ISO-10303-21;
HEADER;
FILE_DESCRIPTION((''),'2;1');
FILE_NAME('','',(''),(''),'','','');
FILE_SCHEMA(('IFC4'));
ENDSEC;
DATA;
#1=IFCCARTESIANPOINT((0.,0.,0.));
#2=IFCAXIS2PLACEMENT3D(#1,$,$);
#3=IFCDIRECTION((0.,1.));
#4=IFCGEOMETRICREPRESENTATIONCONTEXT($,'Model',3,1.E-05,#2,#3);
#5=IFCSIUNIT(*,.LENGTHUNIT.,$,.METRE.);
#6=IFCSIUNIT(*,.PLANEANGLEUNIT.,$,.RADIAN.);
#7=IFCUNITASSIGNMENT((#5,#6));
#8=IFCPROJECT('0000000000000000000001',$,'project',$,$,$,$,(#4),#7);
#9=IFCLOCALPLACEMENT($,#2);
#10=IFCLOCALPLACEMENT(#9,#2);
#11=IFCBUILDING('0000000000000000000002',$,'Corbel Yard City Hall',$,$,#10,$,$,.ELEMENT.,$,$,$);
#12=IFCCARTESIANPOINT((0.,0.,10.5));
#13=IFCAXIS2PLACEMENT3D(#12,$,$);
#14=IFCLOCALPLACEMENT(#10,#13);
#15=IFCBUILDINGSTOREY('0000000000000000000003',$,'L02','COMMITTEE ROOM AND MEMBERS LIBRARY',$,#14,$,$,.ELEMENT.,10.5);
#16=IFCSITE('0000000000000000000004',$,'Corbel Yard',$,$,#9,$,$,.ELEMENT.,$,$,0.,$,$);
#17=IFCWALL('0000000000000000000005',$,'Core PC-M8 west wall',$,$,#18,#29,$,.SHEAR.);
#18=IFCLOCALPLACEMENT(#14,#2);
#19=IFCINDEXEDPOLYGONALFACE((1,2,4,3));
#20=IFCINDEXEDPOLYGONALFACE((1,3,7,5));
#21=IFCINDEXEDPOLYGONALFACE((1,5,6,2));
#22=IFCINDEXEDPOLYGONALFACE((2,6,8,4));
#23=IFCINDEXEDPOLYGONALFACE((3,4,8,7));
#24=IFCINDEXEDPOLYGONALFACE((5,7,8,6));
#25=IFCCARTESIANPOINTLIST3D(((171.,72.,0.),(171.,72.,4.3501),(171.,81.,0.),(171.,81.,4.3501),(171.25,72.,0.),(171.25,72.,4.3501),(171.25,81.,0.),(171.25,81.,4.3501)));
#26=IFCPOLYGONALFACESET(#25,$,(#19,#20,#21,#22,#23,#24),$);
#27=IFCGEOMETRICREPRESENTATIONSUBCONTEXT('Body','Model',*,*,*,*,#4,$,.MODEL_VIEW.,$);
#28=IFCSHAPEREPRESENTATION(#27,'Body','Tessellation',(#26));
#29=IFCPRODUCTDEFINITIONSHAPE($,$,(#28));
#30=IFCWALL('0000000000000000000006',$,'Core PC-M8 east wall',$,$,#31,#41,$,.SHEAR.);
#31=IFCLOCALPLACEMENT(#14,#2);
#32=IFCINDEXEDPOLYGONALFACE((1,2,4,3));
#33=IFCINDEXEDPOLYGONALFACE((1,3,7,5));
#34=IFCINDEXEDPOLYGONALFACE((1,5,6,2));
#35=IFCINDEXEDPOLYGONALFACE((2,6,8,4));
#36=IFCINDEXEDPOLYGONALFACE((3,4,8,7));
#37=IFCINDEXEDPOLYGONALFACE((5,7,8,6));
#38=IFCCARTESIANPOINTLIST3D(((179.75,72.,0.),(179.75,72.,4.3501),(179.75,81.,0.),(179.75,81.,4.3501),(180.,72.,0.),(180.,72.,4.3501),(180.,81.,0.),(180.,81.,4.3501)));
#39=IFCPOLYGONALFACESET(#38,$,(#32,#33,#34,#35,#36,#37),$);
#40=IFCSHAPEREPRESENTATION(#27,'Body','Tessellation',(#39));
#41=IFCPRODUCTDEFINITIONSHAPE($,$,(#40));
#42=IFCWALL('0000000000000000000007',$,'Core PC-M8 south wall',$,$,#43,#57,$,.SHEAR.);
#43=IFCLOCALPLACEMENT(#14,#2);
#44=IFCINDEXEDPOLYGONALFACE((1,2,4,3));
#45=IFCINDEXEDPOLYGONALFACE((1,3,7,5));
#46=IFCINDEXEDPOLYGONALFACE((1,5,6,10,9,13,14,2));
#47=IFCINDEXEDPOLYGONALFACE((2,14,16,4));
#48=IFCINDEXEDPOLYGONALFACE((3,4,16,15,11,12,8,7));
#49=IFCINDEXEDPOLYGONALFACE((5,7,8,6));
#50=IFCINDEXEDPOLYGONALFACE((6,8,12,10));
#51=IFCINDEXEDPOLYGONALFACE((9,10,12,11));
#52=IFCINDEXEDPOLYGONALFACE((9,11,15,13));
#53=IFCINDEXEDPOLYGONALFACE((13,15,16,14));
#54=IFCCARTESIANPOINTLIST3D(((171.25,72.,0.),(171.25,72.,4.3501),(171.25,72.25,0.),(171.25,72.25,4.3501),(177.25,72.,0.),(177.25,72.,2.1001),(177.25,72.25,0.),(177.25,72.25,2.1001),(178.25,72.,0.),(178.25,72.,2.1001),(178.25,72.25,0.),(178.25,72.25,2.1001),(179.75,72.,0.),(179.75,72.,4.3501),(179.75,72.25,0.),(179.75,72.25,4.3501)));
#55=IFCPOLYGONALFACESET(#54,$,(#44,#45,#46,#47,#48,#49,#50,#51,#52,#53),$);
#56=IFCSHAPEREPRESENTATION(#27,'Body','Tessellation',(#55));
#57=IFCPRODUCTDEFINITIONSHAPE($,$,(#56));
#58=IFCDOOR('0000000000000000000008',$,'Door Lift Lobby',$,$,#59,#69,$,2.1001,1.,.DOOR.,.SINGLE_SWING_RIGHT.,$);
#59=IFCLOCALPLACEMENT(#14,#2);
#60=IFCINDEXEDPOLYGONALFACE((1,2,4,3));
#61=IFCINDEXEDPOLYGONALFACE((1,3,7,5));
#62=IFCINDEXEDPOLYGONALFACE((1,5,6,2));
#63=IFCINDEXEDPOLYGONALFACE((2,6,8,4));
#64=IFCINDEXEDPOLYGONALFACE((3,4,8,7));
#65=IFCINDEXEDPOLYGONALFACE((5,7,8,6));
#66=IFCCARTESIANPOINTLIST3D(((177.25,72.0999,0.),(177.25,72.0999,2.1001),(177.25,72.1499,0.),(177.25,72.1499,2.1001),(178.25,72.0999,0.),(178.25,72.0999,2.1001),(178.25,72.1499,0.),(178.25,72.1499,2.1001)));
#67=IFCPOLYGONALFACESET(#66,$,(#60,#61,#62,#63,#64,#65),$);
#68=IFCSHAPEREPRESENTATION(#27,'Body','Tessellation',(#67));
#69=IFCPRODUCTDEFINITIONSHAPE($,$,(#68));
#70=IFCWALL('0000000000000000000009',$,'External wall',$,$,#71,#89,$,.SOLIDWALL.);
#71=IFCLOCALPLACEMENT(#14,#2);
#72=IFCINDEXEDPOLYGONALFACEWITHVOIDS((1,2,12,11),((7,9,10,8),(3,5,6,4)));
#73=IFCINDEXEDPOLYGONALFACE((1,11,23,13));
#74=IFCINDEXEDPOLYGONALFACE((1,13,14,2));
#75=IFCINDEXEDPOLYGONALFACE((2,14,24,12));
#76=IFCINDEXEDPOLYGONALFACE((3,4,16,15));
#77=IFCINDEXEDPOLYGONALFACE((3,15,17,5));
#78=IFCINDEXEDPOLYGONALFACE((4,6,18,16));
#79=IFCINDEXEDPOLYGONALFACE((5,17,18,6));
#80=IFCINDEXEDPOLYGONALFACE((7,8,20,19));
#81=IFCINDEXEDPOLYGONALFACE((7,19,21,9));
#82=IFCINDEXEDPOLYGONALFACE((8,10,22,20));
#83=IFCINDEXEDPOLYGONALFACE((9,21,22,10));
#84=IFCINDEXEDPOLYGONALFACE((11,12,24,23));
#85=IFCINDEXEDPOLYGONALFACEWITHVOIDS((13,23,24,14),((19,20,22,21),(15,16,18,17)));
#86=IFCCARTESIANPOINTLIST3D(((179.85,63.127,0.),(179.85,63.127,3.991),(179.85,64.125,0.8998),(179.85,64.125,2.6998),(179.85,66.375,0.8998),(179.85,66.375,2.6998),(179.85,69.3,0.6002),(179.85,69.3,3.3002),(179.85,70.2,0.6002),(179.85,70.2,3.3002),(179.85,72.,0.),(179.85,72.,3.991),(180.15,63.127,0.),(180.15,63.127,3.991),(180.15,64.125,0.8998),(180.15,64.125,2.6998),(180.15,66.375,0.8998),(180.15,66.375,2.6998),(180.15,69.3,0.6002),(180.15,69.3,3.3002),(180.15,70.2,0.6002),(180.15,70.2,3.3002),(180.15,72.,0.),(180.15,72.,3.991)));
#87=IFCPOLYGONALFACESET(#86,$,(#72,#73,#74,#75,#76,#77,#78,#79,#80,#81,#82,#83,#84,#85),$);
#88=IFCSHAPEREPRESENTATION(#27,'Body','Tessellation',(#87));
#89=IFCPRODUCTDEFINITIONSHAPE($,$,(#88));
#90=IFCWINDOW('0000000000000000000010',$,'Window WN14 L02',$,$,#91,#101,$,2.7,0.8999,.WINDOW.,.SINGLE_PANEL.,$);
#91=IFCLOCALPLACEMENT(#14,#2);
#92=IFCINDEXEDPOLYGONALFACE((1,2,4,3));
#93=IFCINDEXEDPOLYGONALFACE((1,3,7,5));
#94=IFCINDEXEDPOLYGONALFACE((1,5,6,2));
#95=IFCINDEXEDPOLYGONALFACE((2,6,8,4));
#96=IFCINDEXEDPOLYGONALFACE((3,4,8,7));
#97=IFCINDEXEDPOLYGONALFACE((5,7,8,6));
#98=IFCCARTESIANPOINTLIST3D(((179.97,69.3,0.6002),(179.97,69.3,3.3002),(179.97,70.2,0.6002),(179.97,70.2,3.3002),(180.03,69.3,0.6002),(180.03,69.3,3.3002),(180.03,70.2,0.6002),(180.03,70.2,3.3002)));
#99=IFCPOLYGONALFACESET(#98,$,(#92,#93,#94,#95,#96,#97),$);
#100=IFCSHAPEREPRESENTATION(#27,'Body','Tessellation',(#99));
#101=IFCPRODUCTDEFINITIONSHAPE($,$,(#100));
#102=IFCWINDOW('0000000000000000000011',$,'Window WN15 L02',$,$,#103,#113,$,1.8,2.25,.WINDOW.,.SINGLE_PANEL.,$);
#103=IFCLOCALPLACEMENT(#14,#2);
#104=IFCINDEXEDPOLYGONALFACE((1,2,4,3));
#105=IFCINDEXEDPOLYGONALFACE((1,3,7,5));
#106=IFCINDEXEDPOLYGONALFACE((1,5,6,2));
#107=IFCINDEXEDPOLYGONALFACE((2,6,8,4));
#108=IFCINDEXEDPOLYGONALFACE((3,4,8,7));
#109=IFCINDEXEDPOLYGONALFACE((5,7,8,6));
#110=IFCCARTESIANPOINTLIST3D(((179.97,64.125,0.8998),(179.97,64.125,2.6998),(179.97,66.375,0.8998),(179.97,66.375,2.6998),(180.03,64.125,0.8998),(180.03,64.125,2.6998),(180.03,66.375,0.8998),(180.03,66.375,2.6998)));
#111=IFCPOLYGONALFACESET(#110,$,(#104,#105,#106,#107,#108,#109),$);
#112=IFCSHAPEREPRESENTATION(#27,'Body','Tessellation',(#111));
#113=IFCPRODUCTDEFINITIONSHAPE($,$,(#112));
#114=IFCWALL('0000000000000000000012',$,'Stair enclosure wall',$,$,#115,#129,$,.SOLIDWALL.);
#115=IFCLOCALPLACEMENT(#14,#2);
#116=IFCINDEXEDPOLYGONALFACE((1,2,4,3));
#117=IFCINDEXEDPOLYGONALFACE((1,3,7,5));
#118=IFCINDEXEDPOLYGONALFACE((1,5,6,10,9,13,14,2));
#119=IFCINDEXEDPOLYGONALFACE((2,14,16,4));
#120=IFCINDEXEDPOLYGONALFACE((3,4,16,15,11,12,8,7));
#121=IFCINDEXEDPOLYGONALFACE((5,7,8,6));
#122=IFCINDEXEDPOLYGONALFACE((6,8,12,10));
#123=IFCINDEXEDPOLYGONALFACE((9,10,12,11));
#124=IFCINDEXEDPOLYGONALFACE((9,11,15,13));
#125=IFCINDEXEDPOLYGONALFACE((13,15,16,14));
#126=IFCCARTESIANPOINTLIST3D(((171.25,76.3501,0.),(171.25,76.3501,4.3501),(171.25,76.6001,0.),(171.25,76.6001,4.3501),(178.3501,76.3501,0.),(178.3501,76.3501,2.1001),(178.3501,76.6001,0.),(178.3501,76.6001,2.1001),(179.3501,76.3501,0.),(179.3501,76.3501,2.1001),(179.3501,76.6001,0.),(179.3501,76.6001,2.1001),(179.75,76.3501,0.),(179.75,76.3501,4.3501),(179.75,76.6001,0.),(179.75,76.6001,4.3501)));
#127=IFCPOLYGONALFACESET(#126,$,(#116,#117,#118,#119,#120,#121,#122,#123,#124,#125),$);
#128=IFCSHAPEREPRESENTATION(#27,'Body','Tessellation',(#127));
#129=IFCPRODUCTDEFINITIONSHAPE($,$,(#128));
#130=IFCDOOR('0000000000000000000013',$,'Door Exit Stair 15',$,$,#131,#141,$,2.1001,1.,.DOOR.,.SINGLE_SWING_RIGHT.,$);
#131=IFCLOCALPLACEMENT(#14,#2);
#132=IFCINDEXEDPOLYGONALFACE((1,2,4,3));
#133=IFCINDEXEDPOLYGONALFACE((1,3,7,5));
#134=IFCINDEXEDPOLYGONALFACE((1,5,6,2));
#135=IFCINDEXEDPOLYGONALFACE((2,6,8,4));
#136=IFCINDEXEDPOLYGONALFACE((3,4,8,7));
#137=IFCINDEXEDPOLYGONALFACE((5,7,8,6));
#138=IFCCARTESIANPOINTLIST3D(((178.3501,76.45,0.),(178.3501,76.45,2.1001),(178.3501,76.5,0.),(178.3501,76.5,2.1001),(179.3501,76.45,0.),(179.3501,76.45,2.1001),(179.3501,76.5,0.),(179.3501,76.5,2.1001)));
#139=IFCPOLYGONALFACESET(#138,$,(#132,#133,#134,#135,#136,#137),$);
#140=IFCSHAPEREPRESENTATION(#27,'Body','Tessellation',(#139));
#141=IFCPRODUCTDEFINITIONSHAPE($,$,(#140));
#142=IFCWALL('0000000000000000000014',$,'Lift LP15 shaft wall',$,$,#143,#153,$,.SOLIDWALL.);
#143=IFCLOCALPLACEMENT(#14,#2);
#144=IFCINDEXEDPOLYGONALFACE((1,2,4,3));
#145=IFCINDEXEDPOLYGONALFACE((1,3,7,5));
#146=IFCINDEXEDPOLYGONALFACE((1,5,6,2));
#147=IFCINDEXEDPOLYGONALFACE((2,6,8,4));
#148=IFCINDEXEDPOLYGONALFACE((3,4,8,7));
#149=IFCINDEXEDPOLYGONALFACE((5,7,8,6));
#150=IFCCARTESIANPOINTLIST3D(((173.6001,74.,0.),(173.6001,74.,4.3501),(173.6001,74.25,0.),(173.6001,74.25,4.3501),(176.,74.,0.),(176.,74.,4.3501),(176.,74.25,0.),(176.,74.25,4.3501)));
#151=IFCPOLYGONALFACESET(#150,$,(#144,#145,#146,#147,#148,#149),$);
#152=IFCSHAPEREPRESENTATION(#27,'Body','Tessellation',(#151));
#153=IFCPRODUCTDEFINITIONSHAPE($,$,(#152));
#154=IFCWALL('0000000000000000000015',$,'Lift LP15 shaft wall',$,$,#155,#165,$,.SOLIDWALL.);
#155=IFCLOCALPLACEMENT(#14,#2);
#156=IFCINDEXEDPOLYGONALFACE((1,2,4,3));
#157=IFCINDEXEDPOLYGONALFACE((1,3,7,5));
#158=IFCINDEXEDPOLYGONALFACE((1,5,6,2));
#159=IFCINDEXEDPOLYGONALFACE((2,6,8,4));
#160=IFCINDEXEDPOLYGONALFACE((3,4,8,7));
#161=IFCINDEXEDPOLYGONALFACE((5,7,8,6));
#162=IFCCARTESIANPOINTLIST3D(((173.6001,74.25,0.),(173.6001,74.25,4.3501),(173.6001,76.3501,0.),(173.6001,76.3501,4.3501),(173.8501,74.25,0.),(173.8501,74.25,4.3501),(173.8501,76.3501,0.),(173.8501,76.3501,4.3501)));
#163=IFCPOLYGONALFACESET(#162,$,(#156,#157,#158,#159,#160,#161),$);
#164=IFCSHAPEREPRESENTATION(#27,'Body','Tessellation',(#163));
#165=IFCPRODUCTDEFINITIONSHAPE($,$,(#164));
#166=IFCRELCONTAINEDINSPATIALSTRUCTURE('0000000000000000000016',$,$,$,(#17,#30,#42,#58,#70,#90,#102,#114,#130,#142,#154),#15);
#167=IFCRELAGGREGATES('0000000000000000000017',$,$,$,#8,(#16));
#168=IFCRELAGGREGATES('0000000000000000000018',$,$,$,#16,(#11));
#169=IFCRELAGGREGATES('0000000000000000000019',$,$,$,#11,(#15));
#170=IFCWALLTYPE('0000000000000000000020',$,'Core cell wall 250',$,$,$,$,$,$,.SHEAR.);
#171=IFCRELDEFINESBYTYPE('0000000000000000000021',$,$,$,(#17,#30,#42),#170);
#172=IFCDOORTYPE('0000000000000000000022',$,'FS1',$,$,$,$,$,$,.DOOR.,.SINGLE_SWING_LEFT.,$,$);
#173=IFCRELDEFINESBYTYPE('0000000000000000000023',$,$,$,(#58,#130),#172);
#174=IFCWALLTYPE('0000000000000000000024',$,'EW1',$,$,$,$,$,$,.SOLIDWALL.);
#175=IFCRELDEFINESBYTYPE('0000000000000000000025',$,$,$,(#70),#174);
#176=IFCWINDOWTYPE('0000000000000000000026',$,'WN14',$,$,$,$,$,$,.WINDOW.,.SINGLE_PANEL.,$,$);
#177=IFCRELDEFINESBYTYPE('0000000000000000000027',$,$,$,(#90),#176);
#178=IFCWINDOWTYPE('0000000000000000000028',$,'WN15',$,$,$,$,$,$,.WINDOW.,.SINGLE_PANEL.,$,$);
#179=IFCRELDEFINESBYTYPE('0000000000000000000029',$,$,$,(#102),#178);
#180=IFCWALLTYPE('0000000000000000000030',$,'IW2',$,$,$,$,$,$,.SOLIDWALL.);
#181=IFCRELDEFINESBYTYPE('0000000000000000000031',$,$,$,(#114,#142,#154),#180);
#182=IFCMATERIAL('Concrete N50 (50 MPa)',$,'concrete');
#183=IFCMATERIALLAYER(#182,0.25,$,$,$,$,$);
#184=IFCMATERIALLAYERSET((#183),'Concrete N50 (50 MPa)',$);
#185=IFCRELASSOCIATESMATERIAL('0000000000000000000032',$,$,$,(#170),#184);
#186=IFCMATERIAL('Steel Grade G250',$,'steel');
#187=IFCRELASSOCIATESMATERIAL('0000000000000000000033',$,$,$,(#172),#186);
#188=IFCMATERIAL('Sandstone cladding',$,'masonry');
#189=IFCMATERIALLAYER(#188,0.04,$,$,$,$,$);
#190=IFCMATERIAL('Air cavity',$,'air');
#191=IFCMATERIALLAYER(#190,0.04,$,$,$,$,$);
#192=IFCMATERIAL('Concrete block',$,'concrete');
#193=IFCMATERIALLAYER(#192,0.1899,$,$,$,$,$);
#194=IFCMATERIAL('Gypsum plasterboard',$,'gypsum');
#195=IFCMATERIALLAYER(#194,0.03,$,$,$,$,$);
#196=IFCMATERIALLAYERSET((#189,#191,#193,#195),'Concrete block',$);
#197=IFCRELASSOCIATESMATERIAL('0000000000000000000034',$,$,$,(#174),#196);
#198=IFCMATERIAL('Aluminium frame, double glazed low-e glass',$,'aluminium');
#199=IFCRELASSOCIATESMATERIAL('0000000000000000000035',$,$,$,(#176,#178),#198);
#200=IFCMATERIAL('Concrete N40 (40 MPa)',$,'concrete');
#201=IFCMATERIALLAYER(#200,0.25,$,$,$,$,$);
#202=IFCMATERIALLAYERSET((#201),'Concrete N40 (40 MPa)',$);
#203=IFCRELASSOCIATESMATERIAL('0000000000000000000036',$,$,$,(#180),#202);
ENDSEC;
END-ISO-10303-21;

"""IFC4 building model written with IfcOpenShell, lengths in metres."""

from ifc_helpers import new_model, si_unit, direction, frame, frame_2d, origin, place, context, subcontext, project, spatial, rectangle, extrude, material, layer, layer_set, type_object, element, fill, save


model = new_model("IFC4")

# Units and contexts
model_context = context("Model", 3, precision=1e-05, world=origin(), true_north=direction((0.0, 1.0)))
body_context = subcontext(model_context, "Body", "Model", "MODEL_VIEW")
ifc_project = project(units=[si_unit("LENGTHUNIT", "METRE"), si_unit("PLANEANGLEUNIT", "RADIAN")], contexts=[model_context])

# Site, building, storey
site_placement = place(None, origin())
site = spatial("IfcSite", under=ifc_project, at=site_placement, Name="Corbel Yard", CompositionType="ELEMENT", RefElevation=0.0)
building_placement = place(site_placement, origin())
building = spatial("IfcBuilding", under=site, at=building_placement, Name="Corbel Yard City Hall", CompositionType="ELEMENT")
storey_placement = place(building_placement, frame((0.0, 0.0, 10.5)))
storey = spatial("IfcBuildingStorey", under=building, at=storey_placement, Name="L02", Description="COMMITTEE ROOM AND MEMBERS LIBRARY", CompositionType="ELEMENT", Elevation=10.5)

# Walls
ifc_material_1 = material(Name="Concrete N50 (50 MPa)", Category="concrete")
ifc_layer_1 = layer(ifc_material_1, 0.25)
ifc_layer_set_1 = layer_set([ifc_layer_1], Name="Concrete N50 (50 MPa)")
wall_type_1 = type_object("IfcWallType", Name="Core cell wall 250", PredefinedType="SHEAR", material=ifc_layer_set_1)
for number, where, z_axis, x_axis, name in (
    (1, (171.125, 72.0, 0.0), (0.0, 0.0, 1.0), (0.0, 1.0, 0.0), "Core PC-M8 west wall"),
    (2, (179.875, 72.0, 0.0), (0.0, 0.0, 1.0), (0.0, 1.0, 0.0), "Core PC-M8 east wall"),
):
    element("IfcWall", number, at=place(storey_placement, frame(where, z_axis=z_axis, x_axis=x_axis)), inside=storey, type_object=wall_type_1, Name=name, PredefinedType="SHEAR", context=body_context, shape_type="SweptSolid", body=[
        extrude(rectangle(XDim=9.0, YDim=0.25, at=frame_2d((4.5, 0.0))), origin(), (0.0, 0.0, 1.0), 4.3501),
    ])

# Wall, opening, door
wall_1_placement = place(storey_placement, frame((171.25, 72.125, 0.0), z_axis=(0.0, 0.0, 1.0), x_axis=(1.0, 0.0, 0.0)))
wall_1 = element("IfcWall", 3, at=wall_1_placement, inside=storey, type_object=wall_type_1, Name="Core PC-M8 south wall", PredefinedType="SHEAR", context=body_context, shape_type="SweptSolid", body=[
    extrude(rectangle(XDim=8.5, YDim=0.25, at=frame_2d((4.25, 0.0))), origin(), (0.0, 0.0, 1.0), 4.3501),
])
opening_1_placement = place(wall_1_placement, frame((6.0, 0.0, 0.0)))
opening_1 = element("IfcOpeningElement", 4, at=opening_1_placement, cuts=wall_1, PredefinedType="OPENING", context=body_context, shape_type="SweptSolid", body=[
    extrude(rectangle(XDim=1.0, YDim=2.1001, at=frame_2d((0.5, 1.05))), frame((0.0, 0.135, 0.0), z_axis=(0.0, -1.0, 0.0), x_axis=(1.0, 0.0, 0.0)), (0.0, 0.0, 1.0), 0.27),
])
ifc_material_2 = material(Name="Steel Grade G250", Category="steel")
door_type_1 = type_object("IfcDoorType", Name="FS1", OperationType="SINGLE_SWING_LEFT", PredefinedType="DOOR", material=ifc_material_2)
door_1_placement = place(opening_1_placement, origin())
door_1 = element("IfcDoor", 5, at=door_1_placement, inside=storey, type_object=door_type_1, Name="Door Lift Lobby", OperationType="SINGLE_SWING_RIGHT", OverallHeight=2.1001, OverallWidth=1.0, PredefinedType="DOOR", context=body_context, shape_type="SweptSolid", body=[
    extrude(rectangle(XDim=1.0, YDim=2.1001, at=frame_2d((0.5, 1.05))), frame((0.0, 0.0249, 0.0), z_axis=(0.0, -1.0, 0.0), x_axis=(1.0, 0.0, 0.0)), (0.0, 0.0, 1.0), 0.05),
])
fill(opening_1, door_1)

# Wall, openings, windows
ifc_material_3 = material(Name="Sandstone cladding", Category="masonry")
ifc_layer_2 = layer(ifc_material_3, 0.04)
ifc_material_4 = material(Name="Air cavity", Category="air")
ifc_layer_3 = layer(ifc_material_4, 0.04)
ifc_material_5 = material(Name="Concrete block", Category="concrete")
ifc_layer_4 = layer(ifc_material_5, 0.1899)
ifc_material_6 = material(Name="Gypsum plasterboard", Category="gypsum")
ifc_layer_5 = layer(ifc_material_6, 0.03)
ifc_layer_set_2 = layer_set([ifc_layer_2, ifc_layer_3, ifc_layer_4, ifc_layer_5], Name="Concrete block")
wall_type_2 = type_object("IfcWallType", Name="EW1", PredefinedType="SOLIDWALL", material=ifc_layer_set_2)
wall_2_placement = place(storey_placement, frame((180.0, 63.127, 0.0), z_axis=(0.0, 0.0, 1.0), x_axis=(0.0, 1.0, 0.0)))
wall_2 = element("IfcWall", 6, at=wall_2_placement, inside=storey, type_object=wall_type_2, Name="External wall", PredefinedType="SOLIDWALL", context=body_context, shape_type="SweptSolid", body=[
    extrude(rectangle(XDim=8.873, YDim=0.3, at=frame_2d((4.4365, 0.0))), origin(), (0.0, 0.0, 1.0), 3.991),
])
opening_2_placement = place(wall_2_placement, frame((0.998, 0.0, 0.8999)))
opening_2 = element("IfcOpeningElement", 7, at=opening_2_placement, cuts=wall_2, PredefinedType="OPENING", context=body_context, shape_type="SweptSolid", body=[
    extrude(rectangle(XDim=2.25, YDim=1.8, at=frame_2d((1.125, 0.8999))), frame((0.0, 0.1599, 0.0), z_axis=(0.0, -1.0, 0.0), x_axis=(1.0, 0.0, 0.0)), (0.0, 0.0, 1.0), 0.3201),
])
opening_3_placement = place(wall_2_placement, frame((6.1731, 0.0, 0.6001)))
opening_3 = element("IfcOpeningElement", 8, at=opening_3_placement, cuts=wall_2, PredefinedType="OPENING", context=body_context, shape_type="SweptSolid", body=[
    extrude(rectangle(XDim=0.8999, YDim=2.7, at=frame_2d((0.45, 1.3501))), frame((0.0, 0.1599, 0.0), z_axis=(0.0, -1.0, 0.0), x_axis=(1.0, 0.0, 0.0)), (0.0, 0.0, 1.0), 0.3201),
])
ifc_material_7 = material(Name="Aluminium frame, double glazed low-e glass", Category="aluminium")
window_type_1 = type_object("IfcWindowType", Name="WN14", PartitioningType="SINGLE_PANEL", PredefinedType="WINDOW", material=ifc_material_7)
window_1_placement = place(opening_3_placement, origin())
window_1 = element("IfcWindow", 9, at=window_1_placement, inside=storey, type_object=window_type_1, Name="Window WN14 L02", OverallHeight=2.7, OverallWidth=0.8999, PartitioningType="SINGLE_PANEL", PredefinedType="WINDOW", context=body_context, shape_type="SweptSolid", body=[
    extrude(rectangle(XDim=0.8999, YDim=2.7, at=frame_2d((0.45, 1.3501))), frame((0.0, 0.03, 0.0), z_axis=(0.0, -1.0, 0.0), x_axis=(1.0, 0.0, 0.0)), (0.0, 0.0, 1.0), 0.0601),
])
fill(opening_3, window_1)
window_type_2 = type_object("IfcWindowType", Name="WN15", PartitioningType="SINGLE_PANEL", PredefinedType="WINDOW", material=ifc_material_7)
window_2_placement = place(opening_2_placement, origin())
window_2 = element("IfcWindow", 10, at=window_2_placement, inside=storey, type_object=window_type_2, Name="Window WN15 L02", OverallHeight=1.8, OverallWidth=2.25, PartitioningType="SINGLE_PANEL", PredefinedType="WINDOW", context=body_context, shape_type="SweptSolid", body=[
    extrude(rectangle(XDim=2.25, YDim=1.8, at=frame_2d((1.125, 0.8999))), frame((0.0, 0.03, 0.0), z_axis=(0.0, -1.0, 0.0), x_axis=(1.0, 0.0, 0.0)), (0.0, 0.0, 1.0), 0.0601),
])
fill(opening_2, window_2)

# Wall, opening, door
ifc_material_8 = material(Name="Concrete N40 (40 MPa)", Category="concrete")
ifc_layer_6 = layer(ifc_material_8, 0.25)
ifc_layer_set_3 = layer_set([ifc_layer_6], Name="Concrete N40 (40 MPa)")
wall_type_3 = type_object("IfcWallType", Name="IW2", PredefinedType="SOLIDWALL", material=ifc_layer_set_3)
wall_3_placement = place(storey_placement, frame((179.75, 76.4751, 0.0), z_axis=(0.0, 0.0, 1.0), x_axis=(-1.0, 0.0, 0.0)))
wall_3 = element("IfcWall", 11, at=wall_3_placement, inside=storey, type_object=wall_type_3, Name="Stair enclosure wall", PredefinedType="SOLIDWALL", context=body_context, shape_type="SweptSolid", body=[
    extrude(rectangle(XDim=8.5, YDim=0.25, at=frame_2d((4.25, 0.0))), origin(), (0.0, 0.0, 1.0), 4.3501),
])
opening_4_placement = place(wall_3_placement, frame((0.3999, 0.0, 0.0)))
opening_4 = element("IfcOpeningElement", 12, at=opening_4_placement, cuts=wall_3, PredefinedType="OPENING", context=body_context, shape_type="SweptSolid", body=[
    extrude(rectangle(XDim=1.0, YDim=2.1001, at=frame_2d((0.5, 1.05))), frame((0.0, 0.135, 0.0), z_axis=(0.0, -1.0, 0.0), x_axis=(1.0, 0.0, 0.0)), (0.0, 0.0, 1.0), 0.27),
])
door_2_placement = place(opening_4_placement, frame((1.0, 0.0, 0.0), z_axis=(0.0, 0.0, 1.0), x_axis=(-1.0, 0.0, 0.0)))
door_2 = element("IfcDoor", 13, at=door_2_placement, inside=storey, type_object=door_type_1, Name="Door Exit Stair 15", OperationType="SINGLE_SWING_RIGHT", OverallHeight=2.1001, OverallWidth=1.0, PredefinedType="DOOR", context=body_context, shape_type="SweptSolid", body=[
    extrude(rectangle(XDim=1.0, YDim=2.1001, at=frame_2d((0.5, 1.05))), frame((0.0, 0.0249, 0.0), z_axis=(0.0, -1.0, 0.0), x_axis=(1.0, 0.0, 0.0)), (0.0, 0.0, 1.0), 0.05),
])
fill(opening_4, door_2)

# Walls
wall_4_placement = place(storey_placement, frame((173.6001, 74.125, 0.0), z_axis=(0.0, 0.0, 1.0), x_axis=(1.0, 0.0, 0.0)))
element("IfcWall", 14, at=wall_4_placement, inside=storey, type_object=wall_type_3, Name="Lift LP15 shaft wall", PredefinedType="SOLIDWALL", context=body_context, shape_type="SweptSolid", body=[
    extrude(rectangle(XDim=2.3999, YDim=0.25, at=frame_2d((1.2, 0.0))), origin(), (0.0, 0.0, 1.0), 4.3501),
])
wall_5_placement = place(storey_placement, frame((173.7251, 74.25, 0.0), z_axis=(0.0, 0.0, 1.0), x_axis=(0.0, 1.0, 0.0)))
element("IfcWall", 15, at=wall_5_placement, inside=storey, type_object=wall_type_3, Name="Lift LP15 shaft wall", PredefinedType="SOLIDWALL", context=body_context, shape_type="SweptSolid", body=[
    extrude(rectangle(XDim=2.1001, YDim=0.25, at=frame_2d((1.05, 0.0))), origin(), (0.0, 0.0, 1.0), 4.3501),
])

save(model, "model.ifc")
